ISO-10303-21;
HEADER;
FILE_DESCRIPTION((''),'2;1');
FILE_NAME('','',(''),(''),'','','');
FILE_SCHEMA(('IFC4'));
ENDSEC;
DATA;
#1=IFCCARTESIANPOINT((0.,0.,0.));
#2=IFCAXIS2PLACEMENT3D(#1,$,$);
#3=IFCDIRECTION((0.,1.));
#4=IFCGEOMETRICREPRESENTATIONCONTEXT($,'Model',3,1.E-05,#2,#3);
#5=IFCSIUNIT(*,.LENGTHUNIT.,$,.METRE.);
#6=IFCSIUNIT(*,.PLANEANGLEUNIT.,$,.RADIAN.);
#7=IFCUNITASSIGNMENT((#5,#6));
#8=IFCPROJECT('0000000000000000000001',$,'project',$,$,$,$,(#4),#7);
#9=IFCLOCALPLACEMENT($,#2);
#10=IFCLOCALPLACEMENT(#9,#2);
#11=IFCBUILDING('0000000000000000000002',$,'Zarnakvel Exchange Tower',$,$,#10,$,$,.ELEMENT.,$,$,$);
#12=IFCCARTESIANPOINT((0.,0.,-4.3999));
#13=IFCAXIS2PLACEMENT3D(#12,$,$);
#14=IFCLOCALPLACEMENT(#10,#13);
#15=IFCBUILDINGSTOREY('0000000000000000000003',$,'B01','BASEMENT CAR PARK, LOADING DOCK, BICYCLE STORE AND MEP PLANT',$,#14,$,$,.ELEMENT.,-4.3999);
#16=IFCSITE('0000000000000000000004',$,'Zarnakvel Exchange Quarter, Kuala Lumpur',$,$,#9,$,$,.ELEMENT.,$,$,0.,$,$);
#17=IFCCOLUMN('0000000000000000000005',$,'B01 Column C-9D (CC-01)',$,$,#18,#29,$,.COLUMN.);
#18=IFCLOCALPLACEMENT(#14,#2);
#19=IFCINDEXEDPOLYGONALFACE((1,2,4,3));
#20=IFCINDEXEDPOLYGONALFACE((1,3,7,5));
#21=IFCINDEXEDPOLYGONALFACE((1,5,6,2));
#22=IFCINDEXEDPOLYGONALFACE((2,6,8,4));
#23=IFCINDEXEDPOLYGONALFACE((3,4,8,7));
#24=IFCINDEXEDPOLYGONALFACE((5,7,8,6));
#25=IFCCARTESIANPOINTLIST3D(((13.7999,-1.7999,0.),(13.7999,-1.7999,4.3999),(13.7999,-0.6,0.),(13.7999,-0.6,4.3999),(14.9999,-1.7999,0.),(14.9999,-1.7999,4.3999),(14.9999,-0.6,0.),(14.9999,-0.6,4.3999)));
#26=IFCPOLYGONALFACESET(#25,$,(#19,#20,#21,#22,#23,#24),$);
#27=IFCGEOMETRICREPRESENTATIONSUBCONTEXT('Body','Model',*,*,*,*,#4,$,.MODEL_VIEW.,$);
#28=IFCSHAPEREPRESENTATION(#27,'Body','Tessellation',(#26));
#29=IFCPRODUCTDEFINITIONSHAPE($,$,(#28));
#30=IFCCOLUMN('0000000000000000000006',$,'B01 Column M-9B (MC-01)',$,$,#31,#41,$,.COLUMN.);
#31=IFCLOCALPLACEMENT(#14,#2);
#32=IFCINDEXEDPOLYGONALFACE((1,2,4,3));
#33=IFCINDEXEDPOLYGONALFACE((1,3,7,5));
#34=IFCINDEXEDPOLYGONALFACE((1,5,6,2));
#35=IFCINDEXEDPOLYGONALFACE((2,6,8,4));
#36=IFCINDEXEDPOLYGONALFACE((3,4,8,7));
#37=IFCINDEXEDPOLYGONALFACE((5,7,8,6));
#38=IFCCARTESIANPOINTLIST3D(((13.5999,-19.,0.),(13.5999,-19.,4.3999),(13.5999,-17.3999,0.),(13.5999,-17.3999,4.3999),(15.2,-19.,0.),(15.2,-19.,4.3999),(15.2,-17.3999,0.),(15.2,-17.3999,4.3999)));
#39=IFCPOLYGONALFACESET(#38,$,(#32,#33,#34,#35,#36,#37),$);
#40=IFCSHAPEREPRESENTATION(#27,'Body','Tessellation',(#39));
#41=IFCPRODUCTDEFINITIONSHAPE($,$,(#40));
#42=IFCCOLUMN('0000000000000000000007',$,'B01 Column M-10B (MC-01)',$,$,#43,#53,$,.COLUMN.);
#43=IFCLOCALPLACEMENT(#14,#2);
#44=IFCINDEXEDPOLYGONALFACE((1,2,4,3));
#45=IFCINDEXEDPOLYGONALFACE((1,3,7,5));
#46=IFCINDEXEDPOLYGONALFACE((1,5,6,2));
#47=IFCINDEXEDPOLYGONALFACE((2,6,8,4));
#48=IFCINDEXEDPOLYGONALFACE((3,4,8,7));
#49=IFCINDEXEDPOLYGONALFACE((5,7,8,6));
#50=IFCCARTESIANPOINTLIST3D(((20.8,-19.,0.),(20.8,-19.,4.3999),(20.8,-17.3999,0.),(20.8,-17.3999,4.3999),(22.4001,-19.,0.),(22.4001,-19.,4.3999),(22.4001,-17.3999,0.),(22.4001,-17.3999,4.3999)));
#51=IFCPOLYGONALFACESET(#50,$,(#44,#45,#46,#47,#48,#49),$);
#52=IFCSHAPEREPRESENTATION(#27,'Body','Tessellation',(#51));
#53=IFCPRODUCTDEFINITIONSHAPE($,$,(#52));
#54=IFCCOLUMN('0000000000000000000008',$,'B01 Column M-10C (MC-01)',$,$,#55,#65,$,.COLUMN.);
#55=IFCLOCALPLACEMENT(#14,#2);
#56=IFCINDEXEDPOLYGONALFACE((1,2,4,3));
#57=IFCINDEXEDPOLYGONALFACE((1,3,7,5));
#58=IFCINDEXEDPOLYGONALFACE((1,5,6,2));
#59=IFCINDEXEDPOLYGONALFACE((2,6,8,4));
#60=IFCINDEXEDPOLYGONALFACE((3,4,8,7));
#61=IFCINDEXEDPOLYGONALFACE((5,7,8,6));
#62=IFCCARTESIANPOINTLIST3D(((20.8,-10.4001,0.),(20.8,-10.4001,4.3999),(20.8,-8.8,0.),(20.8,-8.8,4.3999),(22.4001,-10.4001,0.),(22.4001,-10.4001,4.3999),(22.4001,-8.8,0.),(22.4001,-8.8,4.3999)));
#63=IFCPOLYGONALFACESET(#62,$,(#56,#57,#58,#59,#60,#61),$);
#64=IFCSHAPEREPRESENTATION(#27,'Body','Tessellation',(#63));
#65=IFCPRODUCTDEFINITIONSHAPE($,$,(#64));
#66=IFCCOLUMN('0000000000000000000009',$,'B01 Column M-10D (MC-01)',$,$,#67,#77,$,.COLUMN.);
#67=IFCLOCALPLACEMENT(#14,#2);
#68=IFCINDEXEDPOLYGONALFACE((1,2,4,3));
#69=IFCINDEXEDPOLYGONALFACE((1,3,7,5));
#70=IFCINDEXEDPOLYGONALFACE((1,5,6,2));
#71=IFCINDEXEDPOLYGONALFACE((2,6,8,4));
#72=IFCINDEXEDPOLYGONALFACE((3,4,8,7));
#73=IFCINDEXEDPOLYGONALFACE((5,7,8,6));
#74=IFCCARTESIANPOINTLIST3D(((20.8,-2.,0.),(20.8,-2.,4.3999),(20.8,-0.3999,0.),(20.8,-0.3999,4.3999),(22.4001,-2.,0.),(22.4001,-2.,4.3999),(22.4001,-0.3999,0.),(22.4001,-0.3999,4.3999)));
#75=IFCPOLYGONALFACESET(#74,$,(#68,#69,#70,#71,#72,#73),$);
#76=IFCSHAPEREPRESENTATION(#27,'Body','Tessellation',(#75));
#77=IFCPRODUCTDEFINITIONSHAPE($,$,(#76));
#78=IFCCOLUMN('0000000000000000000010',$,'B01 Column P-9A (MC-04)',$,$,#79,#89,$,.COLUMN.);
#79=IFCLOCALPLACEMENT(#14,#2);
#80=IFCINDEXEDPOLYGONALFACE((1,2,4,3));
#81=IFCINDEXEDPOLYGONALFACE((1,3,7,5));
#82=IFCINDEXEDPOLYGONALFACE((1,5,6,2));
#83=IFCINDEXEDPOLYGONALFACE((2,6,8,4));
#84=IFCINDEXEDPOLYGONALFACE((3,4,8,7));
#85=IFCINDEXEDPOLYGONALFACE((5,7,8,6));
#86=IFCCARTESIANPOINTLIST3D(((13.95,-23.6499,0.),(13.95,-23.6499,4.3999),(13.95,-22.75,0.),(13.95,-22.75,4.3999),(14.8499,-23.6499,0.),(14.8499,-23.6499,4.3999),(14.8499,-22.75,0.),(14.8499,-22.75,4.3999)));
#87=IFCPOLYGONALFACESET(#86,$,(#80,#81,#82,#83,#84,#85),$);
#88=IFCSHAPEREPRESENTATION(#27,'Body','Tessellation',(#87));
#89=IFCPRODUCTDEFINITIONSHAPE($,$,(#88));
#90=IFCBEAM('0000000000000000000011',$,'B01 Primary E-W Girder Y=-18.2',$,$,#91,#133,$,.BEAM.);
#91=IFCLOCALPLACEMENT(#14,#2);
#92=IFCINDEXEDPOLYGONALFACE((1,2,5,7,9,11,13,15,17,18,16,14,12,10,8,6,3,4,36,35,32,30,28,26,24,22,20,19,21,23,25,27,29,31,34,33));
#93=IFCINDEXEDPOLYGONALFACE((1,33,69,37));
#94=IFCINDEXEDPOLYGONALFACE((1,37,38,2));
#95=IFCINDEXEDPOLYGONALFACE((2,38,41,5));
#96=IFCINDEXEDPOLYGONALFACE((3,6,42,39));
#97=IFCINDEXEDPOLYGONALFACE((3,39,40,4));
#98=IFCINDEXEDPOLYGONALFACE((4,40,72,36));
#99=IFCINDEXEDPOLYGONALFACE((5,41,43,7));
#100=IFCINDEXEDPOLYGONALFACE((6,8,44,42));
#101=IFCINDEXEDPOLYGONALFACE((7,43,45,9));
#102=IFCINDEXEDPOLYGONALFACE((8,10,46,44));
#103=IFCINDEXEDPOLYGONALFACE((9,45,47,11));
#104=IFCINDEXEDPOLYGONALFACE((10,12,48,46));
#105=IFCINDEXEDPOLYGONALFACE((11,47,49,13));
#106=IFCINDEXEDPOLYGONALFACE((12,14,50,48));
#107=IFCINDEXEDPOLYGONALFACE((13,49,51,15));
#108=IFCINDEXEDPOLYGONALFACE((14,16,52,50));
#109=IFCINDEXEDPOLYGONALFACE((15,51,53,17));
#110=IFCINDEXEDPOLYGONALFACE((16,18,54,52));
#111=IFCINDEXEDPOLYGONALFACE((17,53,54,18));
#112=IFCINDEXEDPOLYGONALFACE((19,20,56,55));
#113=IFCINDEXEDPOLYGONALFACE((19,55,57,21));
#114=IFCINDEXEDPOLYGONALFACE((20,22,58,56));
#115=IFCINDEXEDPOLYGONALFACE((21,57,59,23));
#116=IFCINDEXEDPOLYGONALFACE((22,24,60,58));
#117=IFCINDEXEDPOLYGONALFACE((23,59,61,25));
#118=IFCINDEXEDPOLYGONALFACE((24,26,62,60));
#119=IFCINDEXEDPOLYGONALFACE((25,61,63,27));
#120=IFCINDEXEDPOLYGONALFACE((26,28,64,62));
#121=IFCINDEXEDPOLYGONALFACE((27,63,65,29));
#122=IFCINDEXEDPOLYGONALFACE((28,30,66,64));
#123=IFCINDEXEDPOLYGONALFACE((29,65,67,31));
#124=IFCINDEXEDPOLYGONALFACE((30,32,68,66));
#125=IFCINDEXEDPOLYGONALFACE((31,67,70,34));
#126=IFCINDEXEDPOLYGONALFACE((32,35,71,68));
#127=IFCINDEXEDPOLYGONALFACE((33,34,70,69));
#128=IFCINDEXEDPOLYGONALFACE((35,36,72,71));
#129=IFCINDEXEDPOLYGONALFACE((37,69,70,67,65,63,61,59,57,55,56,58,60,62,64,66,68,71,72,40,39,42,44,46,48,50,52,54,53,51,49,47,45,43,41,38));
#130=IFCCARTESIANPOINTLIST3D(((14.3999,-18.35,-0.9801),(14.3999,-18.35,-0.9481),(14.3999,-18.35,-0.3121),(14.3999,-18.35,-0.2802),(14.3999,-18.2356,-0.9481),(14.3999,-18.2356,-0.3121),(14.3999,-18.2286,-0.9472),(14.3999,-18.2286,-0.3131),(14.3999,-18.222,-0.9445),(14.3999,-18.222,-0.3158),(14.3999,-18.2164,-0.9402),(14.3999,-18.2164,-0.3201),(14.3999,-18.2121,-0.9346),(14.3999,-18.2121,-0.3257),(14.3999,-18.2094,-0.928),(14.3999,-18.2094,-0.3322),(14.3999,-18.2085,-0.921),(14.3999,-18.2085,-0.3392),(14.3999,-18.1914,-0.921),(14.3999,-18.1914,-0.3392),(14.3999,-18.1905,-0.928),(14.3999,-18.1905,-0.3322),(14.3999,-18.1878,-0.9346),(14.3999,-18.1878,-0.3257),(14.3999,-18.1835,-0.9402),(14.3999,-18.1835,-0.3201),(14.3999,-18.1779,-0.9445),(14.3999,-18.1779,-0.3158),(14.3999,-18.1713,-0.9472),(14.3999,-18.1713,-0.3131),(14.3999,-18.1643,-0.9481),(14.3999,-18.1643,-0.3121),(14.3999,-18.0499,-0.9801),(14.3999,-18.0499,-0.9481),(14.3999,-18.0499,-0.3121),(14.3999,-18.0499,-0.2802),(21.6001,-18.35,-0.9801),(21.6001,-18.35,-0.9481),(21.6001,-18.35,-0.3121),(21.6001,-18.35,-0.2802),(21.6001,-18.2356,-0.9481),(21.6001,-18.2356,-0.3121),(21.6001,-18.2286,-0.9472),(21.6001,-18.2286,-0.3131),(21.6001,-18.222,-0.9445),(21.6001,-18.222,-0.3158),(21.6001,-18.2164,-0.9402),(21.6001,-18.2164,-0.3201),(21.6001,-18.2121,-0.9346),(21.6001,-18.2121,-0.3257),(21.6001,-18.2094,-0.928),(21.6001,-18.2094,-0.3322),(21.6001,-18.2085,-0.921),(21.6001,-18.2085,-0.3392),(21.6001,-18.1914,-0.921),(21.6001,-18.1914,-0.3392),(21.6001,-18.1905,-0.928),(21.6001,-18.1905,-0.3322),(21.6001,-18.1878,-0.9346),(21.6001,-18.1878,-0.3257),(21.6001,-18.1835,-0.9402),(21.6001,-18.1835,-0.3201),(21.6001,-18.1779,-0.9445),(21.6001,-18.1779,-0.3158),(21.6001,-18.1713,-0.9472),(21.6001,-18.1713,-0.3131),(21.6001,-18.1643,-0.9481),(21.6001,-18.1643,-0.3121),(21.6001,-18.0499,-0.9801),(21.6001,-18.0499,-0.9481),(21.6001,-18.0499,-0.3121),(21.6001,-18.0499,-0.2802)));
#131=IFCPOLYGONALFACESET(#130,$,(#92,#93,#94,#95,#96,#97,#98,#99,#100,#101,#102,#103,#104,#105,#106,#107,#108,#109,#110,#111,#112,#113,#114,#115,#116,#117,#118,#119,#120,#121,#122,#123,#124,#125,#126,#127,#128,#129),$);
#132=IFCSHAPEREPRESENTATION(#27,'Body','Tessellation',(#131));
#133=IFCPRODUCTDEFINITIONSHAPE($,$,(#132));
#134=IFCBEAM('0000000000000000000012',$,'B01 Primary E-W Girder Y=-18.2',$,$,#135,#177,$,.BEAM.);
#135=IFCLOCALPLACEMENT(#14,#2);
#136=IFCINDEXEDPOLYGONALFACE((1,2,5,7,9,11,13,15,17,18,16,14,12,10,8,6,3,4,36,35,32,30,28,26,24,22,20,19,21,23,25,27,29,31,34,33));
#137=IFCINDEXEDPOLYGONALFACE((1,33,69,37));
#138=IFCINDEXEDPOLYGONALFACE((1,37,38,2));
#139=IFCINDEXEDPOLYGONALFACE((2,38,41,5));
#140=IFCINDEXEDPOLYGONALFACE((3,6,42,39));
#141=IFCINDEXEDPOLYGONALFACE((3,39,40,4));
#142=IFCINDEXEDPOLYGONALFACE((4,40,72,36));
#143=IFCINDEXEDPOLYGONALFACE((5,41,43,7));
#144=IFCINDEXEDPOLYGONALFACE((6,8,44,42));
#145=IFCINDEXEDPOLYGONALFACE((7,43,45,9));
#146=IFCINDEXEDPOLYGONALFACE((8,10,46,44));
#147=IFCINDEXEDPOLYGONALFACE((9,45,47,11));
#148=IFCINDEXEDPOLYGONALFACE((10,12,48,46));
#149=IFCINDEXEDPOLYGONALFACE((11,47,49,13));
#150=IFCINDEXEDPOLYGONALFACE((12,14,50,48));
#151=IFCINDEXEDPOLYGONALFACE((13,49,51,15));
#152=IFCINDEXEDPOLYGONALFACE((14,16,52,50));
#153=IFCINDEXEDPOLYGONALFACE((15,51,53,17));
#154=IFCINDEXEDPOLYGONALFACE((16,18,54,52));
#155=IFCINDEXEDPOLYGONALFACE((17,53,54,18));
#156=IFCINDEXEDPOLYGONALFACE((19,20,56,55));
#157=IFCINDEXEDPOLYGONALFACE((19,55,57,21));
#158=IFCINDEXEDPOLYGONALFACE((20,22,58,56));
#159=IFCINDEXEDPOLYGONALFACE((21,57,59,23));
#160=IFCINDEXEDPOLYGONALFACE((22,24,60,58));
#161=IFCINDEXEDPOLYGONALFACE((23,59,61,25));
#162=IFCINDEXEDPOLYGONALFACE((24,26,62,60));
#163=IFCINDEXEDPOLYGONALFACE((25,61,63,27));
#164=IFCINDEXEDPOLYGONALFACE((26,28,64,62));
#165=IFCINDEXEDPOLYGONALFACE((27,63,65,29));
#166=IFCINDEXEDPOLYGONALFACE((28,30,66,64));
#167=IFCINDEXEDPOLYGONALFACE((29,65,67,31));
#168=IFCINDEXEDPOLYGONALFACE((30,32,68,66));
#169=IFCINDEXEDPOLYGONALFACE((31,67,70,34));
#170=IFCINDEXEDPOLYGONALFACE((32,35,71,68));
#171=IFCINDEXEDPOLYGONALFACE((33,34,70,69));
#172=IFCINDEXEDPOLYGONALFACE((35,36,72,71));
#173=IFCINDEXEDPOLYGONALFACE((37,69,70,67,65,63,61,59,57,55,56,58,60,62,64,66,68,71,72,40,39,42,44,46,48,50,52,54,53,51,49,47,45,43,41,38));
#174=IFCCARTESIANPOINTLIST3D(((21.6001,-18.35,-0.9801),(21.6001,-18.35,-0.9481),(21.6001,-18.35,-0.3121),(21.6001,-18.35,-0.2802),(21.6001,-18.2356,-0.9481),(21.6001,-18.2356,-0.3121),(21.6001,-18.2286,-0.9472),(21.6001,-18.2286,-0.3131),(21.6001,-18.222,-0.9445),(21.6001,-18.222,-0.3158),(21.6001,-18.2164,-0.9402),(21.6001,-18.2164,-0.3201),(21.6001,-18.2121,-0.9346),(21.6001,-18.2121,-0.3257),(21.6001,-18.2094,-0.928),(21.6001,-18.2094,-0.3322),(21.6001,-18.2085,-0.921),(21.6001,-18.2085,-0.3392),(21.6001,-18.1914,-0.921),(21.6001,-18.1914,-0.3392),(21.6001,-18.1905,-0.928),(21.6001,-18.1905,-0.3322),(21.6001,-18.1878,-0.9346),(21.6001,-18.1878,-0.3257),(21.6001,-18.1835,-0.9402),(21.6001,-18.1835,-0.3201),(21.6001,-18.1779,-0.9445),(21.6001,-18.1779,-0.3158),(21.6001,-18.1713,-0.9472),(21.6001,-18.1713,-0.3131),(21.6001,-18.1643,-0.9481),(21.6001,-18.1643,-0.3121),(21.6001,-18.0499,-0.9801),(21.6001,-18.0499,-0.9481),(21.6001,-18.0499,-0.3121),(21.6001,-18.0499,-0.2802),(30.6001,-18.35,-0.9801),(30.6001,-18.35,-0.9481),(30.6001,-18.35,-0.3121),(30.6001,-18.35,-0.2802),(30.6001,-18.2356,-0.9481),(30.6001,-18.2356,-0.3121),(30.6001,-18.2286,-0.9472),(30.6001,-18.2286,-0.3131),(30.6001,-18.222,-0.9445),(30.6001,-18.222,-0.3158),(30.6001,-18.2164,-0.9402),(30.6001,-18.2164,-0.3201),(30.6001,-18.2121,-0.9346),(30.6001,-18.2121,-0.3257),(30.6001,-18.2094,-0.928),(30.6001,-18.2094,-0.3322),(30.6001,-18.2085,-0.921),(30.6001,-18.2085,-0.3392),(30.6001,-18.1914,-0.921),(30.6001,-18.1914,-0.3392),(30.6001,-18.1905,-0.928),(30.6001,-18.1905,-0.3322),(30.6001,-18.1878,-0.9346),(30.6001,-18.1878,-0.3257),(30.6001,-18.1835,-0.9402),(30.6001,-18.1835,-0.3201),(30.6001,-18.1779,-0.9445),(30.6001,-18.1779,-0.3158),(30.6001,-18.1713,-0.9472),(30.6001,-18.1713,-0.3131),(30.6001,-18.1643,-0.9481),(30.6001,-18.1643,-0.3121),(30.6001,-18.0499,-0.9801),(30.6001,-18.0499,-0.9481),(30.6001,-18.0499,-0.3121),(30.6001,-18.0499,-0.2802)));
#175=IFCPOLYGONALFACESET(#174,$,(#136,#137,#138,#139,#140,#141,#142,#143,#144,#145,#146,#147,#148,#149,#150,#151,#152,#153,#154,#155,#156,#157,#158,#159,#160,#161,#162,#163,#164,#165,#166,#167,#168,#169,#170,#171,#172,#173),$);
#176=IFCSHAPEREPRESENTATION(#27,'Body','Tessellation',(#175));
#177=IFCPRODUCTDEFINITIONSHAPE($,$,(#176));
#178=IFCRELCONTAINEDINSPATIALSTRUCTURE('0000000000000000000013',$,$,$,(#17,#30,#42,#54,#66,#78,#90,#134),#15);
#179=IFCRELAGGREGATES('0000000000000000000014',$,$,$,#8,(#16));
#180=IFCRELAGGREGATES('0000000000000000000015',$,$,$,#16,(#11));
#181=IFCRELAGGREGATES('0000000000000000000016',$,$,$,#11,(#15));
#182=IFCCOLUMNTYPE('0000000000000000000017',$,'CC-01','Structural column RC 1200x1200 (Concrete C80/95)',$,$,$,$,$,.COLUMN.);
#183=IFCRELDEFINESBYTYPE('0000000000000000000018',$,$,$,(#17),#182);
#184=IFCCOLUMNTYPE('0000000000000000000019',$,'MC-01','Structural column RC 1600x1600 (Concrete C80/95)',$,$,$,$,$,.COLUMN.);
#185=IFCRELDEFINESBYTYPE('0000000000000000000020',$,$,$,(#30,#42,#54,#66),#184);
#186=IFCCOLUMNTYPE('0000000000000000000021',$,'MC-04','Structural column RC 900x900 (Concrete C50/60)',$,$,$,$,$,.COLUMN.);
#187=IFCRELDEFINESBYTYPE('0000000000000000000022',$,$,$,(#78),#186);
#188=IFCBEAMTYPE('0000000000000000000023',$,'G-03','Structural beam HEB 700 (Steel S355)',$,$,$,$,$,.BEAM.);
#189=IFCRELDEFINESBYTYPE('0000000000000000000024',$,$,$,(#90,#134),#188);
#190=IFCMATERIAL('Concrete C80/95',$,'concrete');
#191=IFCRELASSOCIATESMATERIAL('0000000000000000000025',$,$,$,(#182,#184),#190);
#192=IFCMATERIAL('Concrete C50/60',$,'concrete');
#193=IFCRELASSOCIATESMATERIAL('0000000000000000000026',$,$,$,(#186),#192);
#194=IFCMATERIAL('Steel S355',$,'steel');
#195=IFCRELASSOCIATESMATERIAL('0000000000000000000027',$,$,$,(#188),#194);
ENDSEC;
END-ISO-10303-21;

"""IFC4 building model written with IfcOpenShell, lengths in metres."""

from ifc_helpers import new_model, si_unit, direction, frame, origin, origin_2d, place, context, subcontext, project, spatial, rectangle, i_section, extrude, material, material_profile, profile_set, type_object, element, save


model = new_model("IFC4")

# Units and contexts
model_context = context("Model", 3, precision=1e-05, world=origin(), true_north=direction((0.0, 1.0)))
body_context = subcontext(model_context, "Body", "Model", "MODEL_VIEW")
ifc_project = project(units=[si_unit("LENGTHUNIT", "METRE"), si_unit("PLANEANGLEUNIT", "RADIAN")], contexts=[model_context])

# Site, building, storey
site_placement = place(None, origin())
site = spatial("IfcSite", under=ifc_project, at=site_placement, Name="Zarnakvel Exchange Quarter, Kuala Lumpur", CompositionType="ELEMENT", RefElevation=0.0)
building_placement = place(site_placement, origin())
building = spatial("IfcBuilding", under=site, at=building_placement, Name="Zarnakvel Exchange Tower", CompositionType="ELEMENT")
storey_placement = place(building_placement, frame((0.0, 0.0, -4.3999)))
storey = spatial("IfcBuildingStorey", under=building, at=storey_placement, Name="B01", Description="BASEMENT CAR PARK, LOADING DOCK, BICYCLE STORE AND MEP PLANT", CompositionType="ELEMENT", Elevation=-4.3999)

# Columns
ifc_material_1 = material(Name="Concrete C80/95", Category="concrete")
ifc_material_profile_1 = material_profile(ifc_material_1, rectangle(XDim=1.2, YDim=1.2, at=origin_2d()))
ifc_profile_set_1 = profile_set([ifc_material_profile_1], Name="Concrete C80/95")
column_type_1 = type_object("IfcColumnType", Name="CC-01", Description="Structural column RC 1200x1200 (Concrete C80/95)", PredefinedType="COLUMN", material=ifc_profile_set_1)
column_1_placement = place(storey_placement, frame((14.3999, -1.2, 0.0), z_axis=(0.0, 0.0, 1.0), x_axis=(1.0, 0.0, 0.0)))
element("IfcColumn", 1, at=column_1_placement, inside=storey, type_object=column_type_1, Name="B01 Column C-9D (CC-01)", PredefinedType="COLUMN", context=body_context, shape_type="SweptSolid", body=[
    extrude(rectangle(XDim=1.2, YDim=1.2, at=origin_2d()), origin(), (0.0, 0.0, 1.0), 4.3999),
])
ifc_material_profile_2 = material_profile(ifc_material_1, rectangle(XDim=1.6001, YDim=1.6001, at=origin_2d()))
ifc_profile_set_2 = profile_set([ifc_material_profile_2], Name="Concrete C80/95")
column_type_2 = type_object("IfcColumnType", Name="MC-01", Description="Structural column RC 1600x1600 (Concrete C80/95)", PredefinedType="COLUMN", material=ifc_profile_set_2)
for number, where, z_axis, x_axis, name in (
    (2, (14.3999, -18.2, 0.0), (0.0, 0.0, 1.0), (1.0, 0.0, 0.0), "B01 Column M-9B (MC-01)"),
    (3, (21.6001, -18.2, 0.0), (0.0, 0.0, 1.0), (1.0, 0.0, 0.0), "B01 Column M-10B (MC-01)"),
    (4, (21.6001, -9.6001, 0.0), (0.0, 0.0, 1.0), (1.0, 0.0, 0.0), "B01 Column M-10C (MC-01)"),
    (5, (21.6001, -1.2, 0.0), (0.0, 0.0, 1.0), (1.0, 0.0, 0.0), "B01 Column M-10D (MC-01)"),
):
    element("IfcColumn", number, at=place(storey_placement, frame(where, z_axis=z_axis, x_axis=x_axis)), inside=storey, type_object=column_type_2, Name=name, PredefinedType="COLUMN", context=body_context, shape_type="SweptSolid", body=[
        extrude(rectangle(XDim=1.6001, YDim=1.6001, at=origin_2d()), origin(), (0.0, 0.0, 1.0), 4.3999),
    ])
ifc_material_2 = material(Name="Concrete C50/60", Category="concrete")
ifc_material_profile_3 = material_profile(ifc_material_2, rectangle(XDim=0.8999, YDim=0.8999, at=origin_2d()))
ifc_profile_set_3 = profile_set([ifc_material_profile_3], Name="Concrete C50/60")
column_type_3 = type_object("IfcColumnType", Name="MC-04", Description="Structural column RC 900x900 (Concrete C50/60)", PredefinedType="COLUMN", material=ifc_profile_set_3)
column_2_placement = place(storey_placement, frame((14.3999, -23.2, 0.0), z_axis=(0.0, 0.0, 1.0), x_axis=(1.0, 0.0, 0.0)))
element("IfcColumn", 6, at=column_2_placement, inside=storey, type_object=column_type_3, Name="B01 Column P-9A (MC-04)", PredefinedType="COLUMN", context=body_context, shape_type="SweptSolid", body=[
    extrude(rectangle(XDim=0.8999, YDim=0.8999, at=origin_2d()), origin(), (0.0, 0.0, 1.0), 4.3999),
])

# Beams
ifc_material_3 = material(Name="Steel S355", Category="steel")
ifc_material_profile_4 = material_profile(ifc_material_3, i_section(OverallWidth=0.3, OverallDepth=0.7, WebThickness=0.0171, FlangeThickness=0.032, FilletRadius=0.0271, at=origin_2d()))
ifc_profile_set_4 = profile_set([ifc_material_profile_4], Name="Steel S355")
beam_type = type_object("IfcBeamType", Name="G-03", Description="Structural beam HEB 700 (Steel S355)", PredefinedType="BEAM", material=ifc_profile_set_4)
beam_1_placement = place(storey_placement, frame((14.3999, -18.2, -0.6301), z_axis=(1.0, 0.0, 0.0), x_axis=(0.0, 1.0, 0.0)))
element("IfcBeam", 7, at=beam_1_placement, inside=storey, type_object=beam_type, Name="B01 Primary E-W Girder Y=-18.2", PredefinedType="BEAM", context=body_context, shape_type="SweptSolid", body=[
    extrude(i_section(OverallWidth=0.3, OverallDepth=0.7, WebThickness=0.0171, FlangeThickness=0.032, FilletRadius=0.0271, at=origin_2d()), origin(), (0.0, 0.0, 1.0), 7.2002),
])
for number, where, z_axis, x_axis, name in (
    (8, (21.6001, -18.2, -0.6301), (1.0, 0.0, 0.0), (0.0, 1.0, 0.0), "B01 Primary E-W Girder Y=-18.2"),
):
    element("IfcBeam", number, at=place(storey_placement, frame(where, z_axis=z_axis, x_axis=x_axis)), inside=storey, type_object=beam_type, Name=name, PredefinedType="BEAM", context=body_context, shape_type="SweptSolid", body=[
        extrude(i_section(OverallWidth=0.3, OverallDepth=0.7, WebThickness=0.0171, FlangeThickness=0.032, FilletRadius=0.0271, at=origin_2d()), origin(), (0.0, 0.0, 1.0), 9.0),
    ])

save(model, "model.ifc")
